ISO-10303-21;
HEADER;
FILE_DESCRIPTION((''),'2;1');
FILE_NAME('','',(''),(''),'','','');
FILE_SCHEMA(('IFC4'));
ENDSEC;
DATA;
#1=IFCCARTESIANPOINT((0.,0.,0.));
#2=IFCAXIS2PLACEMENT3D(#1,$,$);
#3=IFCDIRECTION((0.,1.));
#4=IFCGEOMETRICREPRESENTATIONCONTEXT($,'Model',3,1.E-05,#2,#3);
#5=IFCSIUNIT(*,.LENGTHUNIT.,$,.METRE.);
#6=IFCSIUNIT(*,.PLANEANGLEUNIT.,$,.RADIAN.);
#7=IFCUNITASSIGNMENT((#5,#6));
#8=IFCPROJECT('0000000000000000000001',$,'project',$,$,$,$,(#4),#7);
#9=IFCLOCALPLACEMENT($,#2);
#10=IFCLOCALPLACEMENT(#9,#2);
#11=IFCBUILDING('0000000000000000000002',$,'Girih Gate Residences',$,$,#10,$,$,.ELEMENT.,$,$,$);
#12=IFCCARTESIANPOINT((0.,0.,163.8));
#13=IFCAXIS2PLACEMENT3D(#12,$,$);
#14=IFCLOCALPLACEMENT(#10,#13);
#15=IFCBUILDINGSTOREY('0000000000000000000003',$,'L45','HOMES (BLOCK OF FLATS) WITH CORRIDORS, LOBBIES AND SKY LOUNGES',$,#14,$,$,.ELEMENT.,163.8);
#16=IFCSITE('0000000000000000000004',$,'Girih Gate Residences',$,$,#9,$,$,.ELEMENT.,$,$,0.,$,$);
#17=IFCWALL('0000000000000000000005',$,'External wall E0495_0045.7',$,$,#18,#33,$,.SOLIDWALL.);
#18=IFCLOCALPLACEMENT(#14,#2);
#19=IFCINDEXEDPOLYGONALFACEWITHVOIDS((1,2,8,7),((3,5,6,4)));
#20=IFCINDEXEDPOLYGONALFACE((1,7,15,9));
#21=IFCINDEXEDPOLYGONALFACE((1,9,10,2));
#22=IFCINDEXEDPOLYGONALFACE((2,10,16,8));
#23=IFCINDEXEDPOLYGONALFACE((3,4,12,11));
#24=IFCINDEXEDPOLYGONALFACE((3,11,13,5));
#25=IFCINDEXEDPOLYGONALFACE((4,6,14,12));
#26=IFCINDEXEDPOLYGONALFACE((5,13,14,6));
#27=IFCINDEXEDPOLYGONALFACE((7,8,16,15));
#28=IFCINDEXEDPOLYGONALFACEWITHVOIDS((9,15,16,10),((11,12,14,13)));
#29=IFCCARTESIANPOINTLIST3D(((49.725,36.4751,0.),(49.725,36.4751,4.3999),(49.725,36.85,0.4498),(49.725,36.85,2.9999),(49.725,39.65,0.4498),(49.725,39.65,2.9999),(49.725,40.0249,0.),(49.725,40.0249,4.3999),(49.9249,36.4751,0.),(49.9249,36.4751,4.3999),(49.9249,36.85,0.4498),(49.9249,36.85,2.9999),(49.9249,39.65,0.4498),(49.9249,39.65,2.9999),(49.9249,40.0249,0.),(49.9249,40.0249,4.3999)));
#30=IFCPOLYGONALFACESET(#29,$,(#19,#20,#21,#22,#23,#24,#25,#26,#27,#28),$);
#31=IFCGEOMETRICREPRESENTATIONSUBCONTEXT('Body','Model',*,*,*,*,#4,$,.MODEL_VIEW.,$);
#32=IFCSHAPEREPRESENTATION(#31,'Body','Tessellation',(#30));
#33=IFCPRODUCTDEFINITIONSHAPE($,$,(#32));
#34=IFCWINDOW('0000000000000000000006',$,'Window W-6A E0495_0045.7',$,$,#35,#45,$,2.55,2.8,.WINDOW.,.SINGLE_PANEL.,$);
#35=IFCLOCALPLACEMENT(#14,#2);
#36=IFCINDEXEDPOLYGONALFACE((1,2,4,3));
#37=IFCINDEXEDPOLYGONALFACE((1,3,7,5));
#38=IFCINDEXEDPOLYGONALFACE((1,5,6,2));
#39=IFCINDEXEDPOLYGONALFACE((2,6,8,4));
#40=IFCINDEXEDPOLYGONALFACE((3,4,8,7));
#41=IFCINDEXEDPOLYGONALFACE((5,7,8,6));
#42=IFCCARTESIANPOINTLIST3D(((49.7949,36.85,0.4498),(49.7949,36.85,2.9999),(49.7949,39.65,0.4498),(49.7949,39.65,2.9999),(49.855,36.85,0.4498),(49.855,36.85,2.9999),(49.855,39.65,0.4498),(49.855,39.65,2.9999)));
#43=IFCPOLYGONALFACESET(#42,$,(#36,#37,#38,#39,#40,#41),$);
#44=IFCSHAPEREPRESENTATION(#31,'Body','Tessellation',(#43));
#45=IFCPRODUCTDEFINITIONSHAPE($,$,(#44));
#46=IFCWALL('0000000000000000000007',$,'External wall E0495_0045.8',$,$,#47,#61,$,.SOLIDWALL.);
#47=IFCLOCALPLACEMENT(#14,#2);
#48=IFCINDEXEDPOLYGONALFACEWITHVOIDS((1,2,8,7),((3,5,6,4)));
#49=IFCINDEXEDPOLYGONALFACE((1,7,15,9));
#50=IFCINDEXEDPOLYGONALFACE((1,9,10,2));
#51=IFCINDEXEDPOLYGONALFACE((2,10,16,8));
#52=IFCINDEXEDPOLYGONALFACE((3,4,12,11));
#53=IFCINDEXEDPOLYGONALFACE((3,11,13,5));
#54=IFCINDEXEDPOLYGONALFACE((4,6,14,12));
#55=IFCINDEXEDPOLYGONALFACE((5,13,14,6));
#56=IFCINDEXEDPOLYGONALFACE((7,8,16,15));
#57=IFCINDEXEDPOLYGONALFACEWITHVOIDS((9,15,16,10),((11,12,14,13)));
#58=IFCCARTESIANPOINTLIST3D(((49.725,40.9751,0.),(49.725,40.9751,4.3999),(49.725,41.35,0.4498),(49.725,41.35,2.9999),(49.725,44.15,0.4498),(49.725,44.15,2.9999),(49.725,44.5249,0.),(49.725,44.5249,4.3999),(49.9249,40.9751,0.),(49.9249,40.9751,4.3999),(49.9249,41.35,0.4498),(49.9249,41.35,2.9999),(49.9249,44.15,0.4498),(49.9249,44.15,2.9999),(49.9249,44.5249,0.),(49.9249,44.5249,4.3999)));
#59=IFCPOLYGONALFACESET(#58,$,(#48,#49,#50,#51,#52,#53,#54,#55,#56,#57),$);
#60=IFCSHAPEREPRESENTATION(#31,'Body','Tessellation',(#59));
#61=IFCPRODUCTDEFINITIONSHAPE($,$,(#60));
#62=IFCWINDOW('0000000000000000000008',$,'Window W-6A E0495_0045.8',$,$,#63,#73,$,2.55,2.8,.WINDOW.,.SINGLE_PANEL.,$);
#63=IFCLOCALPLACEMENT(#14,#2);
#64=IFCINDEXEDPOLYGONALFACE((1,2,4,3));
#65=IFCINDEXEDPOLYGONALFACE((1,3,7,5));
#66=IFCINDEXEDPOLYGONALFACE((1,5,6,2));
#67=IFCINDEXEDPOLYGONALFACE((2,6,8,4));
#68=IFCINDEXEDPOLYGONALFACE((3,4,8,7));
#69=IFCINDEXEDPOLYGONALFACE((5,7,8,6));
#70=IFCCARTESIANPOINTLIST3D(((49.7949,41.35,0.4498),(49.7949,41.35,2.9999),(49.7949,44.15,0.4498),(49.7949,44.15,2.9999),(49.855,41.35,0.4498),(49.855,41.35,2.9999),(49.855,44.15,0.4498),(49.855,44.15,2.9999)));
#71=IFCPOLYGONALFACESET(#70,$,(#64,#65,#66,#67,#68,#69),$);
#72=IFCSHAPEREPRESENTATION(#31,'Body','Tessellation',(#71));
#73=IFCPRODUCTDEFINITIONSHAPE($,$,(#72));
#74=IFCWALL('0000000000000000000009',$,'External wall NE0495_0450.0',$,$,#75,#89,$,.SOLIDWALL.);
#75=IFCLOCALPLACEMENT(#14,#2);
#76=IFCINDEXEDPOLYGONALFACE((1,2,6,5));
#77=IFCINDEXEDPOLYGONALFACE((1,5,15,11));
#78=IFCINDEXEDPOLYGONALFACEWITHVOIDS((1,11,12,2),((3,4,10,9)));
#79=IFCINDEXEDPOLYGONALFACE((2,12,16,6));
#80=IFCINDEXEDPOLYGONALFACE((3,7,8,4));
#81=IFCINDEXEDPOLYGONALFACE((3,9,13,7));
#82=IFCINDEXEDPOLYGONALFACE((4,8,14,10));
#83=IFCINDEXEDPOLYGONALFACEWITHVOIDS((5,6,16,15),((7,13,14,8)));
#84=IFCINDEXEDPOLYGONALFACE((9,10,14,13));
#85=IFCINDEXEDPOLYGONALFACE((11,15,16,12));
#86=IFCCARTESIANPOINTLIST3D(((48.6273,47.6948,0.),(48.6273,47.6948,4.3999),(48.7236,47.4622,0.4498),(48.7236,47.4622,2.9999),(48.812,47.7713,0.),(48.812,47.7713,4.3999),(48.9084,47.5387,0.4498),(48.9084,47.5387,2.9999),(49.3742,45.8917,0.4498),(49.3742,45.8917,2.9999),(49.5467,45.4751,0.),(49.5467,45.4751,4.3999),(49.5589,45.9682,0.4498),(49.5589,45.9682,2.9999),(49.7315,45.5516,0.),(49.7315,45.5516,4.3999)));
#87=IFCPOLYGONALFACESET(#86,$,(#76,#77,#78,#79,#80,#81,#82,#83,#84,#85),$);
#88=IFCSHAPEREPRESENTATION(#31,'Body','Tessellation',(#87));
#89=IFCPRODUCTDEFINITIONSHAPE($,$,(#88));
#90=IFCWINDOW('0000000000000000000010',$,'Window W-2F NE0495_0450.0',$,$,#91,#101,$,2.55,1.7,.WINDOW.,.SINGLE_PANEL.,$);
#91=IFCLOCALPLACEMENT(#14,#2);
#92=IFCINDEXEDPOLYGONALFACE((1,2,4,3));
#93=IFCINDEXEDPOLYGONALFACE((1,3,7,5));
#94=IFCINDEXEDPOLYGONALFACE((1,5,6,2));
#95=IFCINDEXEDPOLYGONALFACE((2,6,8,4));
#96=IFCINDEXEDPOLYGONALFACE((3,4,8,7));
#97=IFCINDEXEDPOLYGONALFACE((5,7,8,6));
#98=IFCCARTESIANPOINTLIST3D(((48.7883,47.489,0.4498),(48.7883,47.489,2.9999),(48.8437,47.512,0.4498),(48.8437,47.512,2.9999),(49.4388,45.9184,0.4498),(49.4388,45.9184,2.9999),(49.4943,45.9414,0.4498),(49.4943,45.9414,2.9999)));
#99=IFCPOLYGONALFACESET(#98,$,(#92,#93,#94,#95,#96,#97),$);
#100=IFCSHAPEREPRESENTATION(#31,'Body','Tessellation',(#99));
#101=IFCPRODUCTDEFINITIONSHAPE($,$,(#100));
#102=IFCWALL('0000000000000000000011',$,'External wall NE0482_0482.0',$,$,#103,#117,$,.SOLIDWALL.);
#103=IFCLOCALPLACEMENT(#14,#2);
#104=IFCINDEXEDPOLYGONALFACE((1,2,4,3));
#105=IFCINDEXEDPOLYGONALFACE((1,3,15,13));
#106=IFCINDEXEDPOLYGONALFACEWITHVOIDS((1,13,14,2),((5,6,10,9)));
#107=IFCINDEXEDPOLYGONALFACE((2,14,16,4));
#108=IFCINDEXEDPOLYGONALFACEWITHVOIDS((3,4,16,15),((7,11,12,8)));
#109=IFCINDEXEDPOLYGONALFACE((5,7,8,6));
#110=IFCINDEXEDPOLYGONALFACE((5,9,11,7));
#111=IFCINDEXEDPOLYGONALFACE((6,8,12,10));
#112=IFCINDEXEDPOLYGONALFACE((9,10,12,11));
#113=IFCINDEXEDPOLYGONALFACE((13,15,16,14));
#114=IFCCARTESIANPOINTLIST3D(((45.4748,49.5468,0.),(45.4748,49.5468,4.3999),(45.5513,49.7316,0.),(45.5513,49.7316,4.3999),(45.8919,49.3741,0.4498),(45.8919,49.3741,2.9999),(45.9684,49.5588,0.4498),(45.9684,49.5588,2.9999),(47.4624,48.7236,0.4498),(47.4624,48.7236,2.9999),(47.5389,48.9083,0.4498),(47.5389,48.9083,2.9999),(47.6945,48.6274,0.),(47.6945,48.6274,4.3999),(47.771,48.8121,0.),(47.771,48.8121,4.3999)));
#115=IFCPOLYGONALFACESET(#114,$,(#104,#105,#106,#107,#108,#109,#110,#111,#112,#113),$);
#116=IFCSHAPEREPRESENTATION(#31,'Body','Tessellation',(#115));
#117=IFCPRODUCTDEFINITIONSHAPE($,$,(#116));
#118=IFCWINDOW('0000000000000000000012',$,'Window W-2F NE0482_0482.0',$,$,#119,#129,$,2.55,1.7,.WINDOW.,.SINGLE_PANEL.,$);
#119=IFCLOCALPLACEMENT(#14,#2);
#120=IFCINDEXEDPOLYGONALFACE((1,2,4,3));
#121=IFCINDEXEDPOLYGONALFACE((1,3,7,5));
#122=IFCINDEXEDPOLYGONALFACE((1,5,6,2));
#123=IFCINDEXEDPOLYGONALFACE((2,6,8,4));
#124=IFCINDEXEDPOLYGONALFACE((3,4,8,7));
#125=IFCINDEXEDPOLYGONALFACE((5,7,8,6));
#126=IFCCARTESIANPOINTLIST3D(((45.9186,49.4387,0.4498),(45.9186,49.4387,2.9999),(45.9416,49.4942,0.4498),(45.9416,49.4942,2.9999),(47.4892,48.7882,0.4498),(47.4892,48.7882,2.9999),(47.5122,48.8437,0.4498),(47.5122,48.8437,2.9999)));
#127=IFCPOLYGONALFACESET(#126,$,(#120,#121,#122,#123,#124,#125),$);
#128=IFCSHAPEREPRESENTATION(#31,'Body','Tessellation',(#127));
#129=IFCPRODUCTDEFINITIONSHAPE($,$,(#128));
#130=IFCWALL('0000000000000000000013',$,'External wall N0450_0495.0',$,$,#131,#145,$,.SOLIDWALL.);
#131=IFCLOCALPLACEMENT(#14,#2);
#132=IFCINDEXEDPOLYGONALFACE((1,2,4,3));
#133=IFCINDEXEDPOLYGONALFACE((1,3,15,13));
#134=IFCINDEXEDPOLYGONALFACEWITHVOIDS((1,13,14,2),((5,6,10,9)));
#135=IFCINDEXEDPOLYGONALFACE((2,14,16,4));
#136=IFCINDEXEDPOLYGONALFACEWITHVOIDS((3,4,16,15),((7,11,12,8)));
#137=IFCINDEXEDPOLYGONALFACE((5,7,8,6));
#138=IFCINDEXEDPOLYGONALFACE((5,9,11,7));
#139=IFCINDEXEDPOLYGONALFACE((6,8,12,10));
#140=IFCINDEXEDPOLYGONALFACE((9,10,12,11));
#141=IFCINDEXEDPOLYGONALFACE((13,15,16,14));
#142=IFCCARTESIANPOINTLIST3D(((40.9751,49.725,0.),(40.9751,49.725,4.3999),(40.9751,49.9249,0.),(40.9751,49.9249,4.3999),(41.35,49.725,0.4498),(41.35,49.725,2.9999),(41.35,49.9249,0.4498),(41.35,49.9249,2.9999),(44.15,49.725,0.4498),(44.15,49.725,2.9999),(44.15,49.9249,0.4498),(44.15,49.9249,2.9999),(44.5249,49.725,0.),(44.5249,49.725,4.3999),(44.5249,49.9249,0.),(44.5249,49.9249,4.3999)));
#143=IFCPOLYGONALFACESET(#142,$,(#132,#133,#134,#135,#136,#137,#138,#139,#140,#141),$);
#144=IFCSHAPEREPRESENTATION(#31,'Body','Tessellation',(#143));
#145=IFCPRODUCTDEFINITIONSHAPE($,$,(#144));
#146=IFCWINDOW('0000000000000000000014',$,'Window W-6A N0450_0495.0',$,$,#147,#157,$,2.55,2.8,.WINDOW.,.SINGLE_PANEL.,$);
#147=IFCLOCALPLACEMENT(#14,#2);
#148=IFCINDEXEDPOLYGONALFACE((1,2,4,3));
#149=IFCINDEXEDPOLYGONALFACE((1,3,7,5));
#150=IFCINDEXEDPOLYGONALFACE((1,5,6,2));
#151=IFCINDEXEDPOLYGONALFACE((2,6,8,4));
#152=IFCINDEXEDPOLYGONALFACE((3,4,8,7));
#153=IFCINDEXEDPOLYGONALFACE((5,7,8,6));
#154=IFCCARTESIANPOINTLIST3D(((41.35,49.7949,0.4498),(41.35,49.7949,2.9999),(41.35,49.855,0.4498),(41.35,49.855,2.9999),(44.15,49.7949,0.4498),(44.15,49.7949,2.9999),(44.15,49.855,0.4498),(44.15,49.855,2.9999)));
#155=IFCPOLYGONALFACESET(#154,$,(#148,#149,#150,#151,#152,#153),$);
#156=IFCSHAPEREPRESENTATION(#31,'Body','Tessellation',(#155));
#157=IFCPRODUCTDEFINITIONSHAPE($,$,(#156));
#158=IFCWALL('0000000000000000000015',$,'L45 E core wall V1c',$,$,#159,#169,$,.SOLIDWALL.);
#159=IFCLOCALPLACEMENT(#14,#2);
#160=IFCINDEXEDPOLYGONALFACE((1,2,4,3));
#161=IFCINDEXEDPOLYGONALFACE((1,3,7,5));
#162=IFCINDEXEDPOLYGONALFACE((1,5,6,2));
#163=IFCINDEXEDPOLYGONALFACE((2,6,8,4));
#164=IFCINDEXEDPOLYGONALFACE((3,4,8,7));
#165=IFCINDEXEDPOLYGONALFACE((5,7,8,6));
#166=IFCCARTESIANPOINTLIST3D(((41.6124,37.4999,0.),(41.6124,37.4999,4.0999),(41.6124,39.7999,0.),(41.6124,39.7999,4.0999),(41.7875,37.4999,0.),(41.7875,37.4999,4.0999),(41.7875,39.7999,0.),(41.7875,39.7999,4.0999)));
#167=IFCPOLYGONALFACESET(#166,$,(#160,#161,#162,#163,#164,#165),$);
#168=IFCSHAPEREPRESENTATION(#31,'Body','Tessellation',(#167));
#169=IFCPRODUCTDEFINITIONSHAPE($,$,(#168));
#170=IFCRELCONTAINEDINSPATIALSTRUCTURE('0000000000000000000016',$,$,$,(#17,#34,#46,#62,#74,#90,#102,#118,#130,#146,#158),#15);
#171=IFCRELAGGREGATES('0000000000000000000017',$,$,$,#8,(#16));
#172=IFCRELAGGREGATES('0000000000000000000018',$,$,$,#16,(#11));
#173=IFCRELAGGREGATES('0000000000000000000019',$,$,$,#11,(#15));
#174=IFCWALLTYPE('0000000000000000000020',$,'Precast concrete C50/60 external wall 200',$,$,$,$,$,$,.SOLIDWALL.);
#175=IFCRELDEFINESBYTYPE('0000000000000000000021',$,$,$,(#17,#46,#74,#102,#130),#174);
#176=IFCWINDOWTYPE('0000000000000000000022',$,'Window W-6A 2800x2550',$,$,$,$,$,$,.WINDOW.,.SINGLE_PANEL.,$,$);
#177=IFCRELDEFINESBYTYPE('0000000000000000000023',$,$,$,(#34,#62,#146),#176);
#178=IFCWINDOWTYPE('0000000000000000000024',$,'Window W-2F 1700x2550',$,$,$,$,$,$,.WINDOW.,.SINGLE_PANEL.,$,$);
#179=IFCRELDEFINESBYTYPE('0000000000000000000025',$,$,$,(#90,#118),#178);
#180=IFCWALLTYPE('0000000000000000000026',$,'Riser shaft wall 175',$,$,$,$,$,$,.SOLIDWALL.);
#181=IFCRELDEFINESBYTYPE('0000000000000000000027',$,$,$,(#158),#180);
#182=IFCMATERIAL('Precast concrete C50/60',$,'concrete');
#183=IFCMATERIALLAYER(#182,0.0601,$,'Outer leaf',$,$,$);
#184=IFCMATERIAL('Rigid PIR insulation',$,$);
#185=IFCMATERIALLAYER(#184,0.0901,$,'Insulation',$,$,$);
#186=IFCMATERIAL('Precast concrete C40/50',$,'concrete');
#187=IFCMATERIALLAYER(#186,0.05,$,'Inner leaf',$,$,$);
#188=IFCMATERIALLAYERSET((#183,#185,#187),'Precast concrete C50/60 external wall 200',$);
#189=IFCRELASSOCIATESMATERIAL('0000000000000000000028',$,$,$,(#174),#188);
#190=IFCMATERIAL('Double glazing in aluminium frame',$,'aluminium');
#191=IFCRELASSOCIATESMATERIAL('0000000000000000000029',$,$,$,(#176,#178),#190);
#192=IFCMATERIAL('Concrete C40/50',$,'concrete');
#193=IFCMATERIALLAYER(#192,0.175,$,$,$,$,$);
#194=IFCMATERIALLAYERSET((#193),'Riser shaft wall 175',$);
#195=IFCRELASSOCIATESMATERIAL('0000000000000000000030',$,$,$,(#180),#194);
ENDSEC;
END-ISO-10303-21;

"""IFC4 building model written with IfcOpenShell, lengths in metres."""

from ifc_helpers import new_model, si_unit, direction, frame, frame_2d, origin, place, context, subcontext, project, spatial, rectangle, extrude, material, layer, layer_set, type_object, element, fill, save


model = new_model("IFC4")

# Units and contexts
model_context = context("Model", 3, precision=1e-05, world=origin(), true_north=direction((0.0, 1.0)))
body_context = subcontext(model_context, "Body", "Model", "MODEL_VIEW")
ifc_project = project(units=[si_unit("LENGTHUNIT", "METRE"), si_unit("PLANEANGLEUNIT", "RADIAN")], contexts=[model_context])

# Site, building, storey
site_placement = place(None, origin())
site = spatial("IfcSite", under=ifc_project, at=site_placement, Name="Girih Gate Residences", CompositionType="ELEMENT", RefElevation=0.0)
building_placement = place(site_placement, origin())
building = spatial("IfcBuilding", under=site, at=building_placement, Name="Girih Gate Residences", CompositionType="ELEMENT")
storey_placement = place(building_placement, frame((0.0, 0.0, 163.8)))
storey = spatial("IfcBuildingStorey", under=building, at=storey_placement, Name="L45", Description="HOMES (BLOCK OF FLATS) WITH CORRIDORS, LOBBIES AND SKY LOUNGES", CompositionType="ELEMENT", Elevation=163.8)

# Walls, openings, windows
ifc_material_1 = material(Name="Precast concrete C50/60", Category="concrete")
ifc_layer_1 = layer(ifc_material_1, 0.0601, Name="Outer leaf")
ifc_material_2 = material(Name="Rigid PIR insulation")
ifc_layer_2 = layer(ifc_material_2, 0.0901, Name="Insulation")
ifc_material_3 = material(Name="Precast concrete C40/50", Category="concrete")
ifc_layer_3 = layer(ifc_material_3, 0.05, Name="Inner leaf")
ifc_layer_set_1 = layer_set([ifc_layer_1, ifc_layer_2, ifc_layer_3], Name="Precast concrete C50/60 external wall 200")
wall_type_1 = type_object("IfcWallType", Name="Precast concrete C50/60 external wall 200", PredefinedType="SOLIDWALL", material=ifc_layer_set_1)
wall_1_placement = place(storey_placement, frame((49.825, 40.0249, 0.0), z_axis=(0.0, 0.0, 1.0), x_axis=(0.0, -1.0, 0.0)))
wall_1 = element("IfcWall", 1, at=wall_1_placement, inside=storey, type_object=wall_type_1, Name="External wall E0495_0045.7", PredefinedType="SOLIDWALL", context=body_context, shape_type="SweptSolid", body=[
    extrude(rectangle(XDim=3.5498, YDim=0.2, at=frame_2d((1.7749, 0.0))), origin(), (0.0, 0.0, 1.0), 4.3999),
])
opening_1_placement = place(wall_1_placement, frame((0.375, 0.0, 0.45)))
opening_1 = element("IfcOpeningElement", 2, at=opening_1_placement, cuts=wall_1, PredefinedType="OPENING", context=body_context, shape_type="SweptSolid", body=[
    extrude(rectangle(XDim=2.8, YDim=2.55, at=frame_2d((1.3999, 1.2749))), frame((0.0, 0.1099, 0.0), z_axis=(0.0, -1.0, 0.0), x_axis=(1.0, 0.0, 0.0)), (0.0, 0.0, 1.0), 0.22),
])
ifc_material_4 = material(Name="Double glazing in aluminium frame", Category="aluminium")
window_type_1 = type_object("IfcWindowType", Name="Window W-6A 2800x2550", PartitioningType="SINGLE_PANEL", PredefinedType="WINDOW", material=ifc_material_4)
window_1_placement = place(opening_1_placement, origin())
window_1 = element("IfcWindow", 3, at=window_1_placement, inside=storey, type_object=window_type_1, Name="Window W-6A E0495_0045.7", OverallHeight=2.55, OverallWidth=2.8, PartitioningType="SINGLE_PANEL", PredefinedType="WINDOW", context=body_context, shape_type="SweptSolid", body=[
    extrude(rectangle(XDim=2.8, YDim=2.55, at=frame_2d((1.3999, 1.2749))), frame((0.0, 0.03, 0.0), z_axis=(0.0, -1.0, 0.0), x_axis=(1.0, 0.0, 0.0)), (0.0, 0.0, 1.0), 0.0601),
])
fill(opening_1, window_1)
wall_2_placement = place(storey_placement, frame((49.825, 44.5249, 0.0), z_axis=(0.0, 0.0, 1.0), x_axis=(0.0, -1.0, 0.0)))
wall_2 = element("IfcWall", 4, at=wall_2_placement, inside=storey, type_object=wall_type_1, Name="External wall E0495_0045.8", PredefinedType="SOLIDWALL", context=body_context, shape_type="SweptSolid", body=[
    extrude(rectangle(XDim=3.5498, YDim=0.2, at=frame_2d((1.7749, 0.0))), origin(), (0.0, 0.0, 1.0), 4.3999),
])
opening_2_placement = place(wall_2_placement, frame((0.375, 0.0, 0.45)))
opening_2 = element("IfcOpeningElement", 5, at=opening_2_placement, cuts=wall_2, PredefinedType="OPENING", context=body_context, shape_type="SweptSolid", body=[
    extrude(rectangle(XDim=2.8, YDim=2.55, at=frame_2d((1.3999, 1.2749))), frame((0.0, 0.1099, 0.0), z_axis=(0.0, -1.0, 0.0), x_axis=(1.0, 0.0, 0.0)), (0.0, 0.0, 1.0), 0.22),
])
window_2_placement = place(opening_2_placement, origin())
window_2 = element("IfcWindow", 6, at=window_2_placement, inside=storey, type_object=window_type_1, Name="Window W-6A E0495_0045.8", OverallHeight=2.55, OverallWidth=2.8, PartitioningType="SINGLE_PANEL", PredefinedType="WINDOW", context=body_context, shape_type="SweptSolid", body=[
    extrude(rectangle(XDim=2.8, YDim=2.55, at=frame_2d((1.3999, 1.2749))), frame((0.0, 0.03, 0.0), z_axis=(0.0, -1.0, 0.0), x_axis=(1.0, 0.0, 0.0)), (0.0, 0.0, 1.0), 0.0601),
])
fill(opening_2, window_2)
wall_3_placement = place(storey_placement, frame((48.7197, 47.7329, 0.0), z_axis=(0.0, 0.0, 1.0), x_axis=(0.382681, -0.923881, 0.0)))
wall_3 = element("IfcWall", 7, at=wall_3_placement, inside=storey, type_object=wall_type_1, Name="External wall NE0495_0450.0", PredefinedType="SOLIDWALL", context=body_context, shape_type="SweptSolid", body=[
    extrude(rectangle(XDim=2.4026, YDim=0.2, at=frame_2d((1.2012, 0.0))), origin(), (0.0, 0.0, 1.0), 4.3999),
])
opening_3_placement = place(wall_3_placement, frame((0.2515, 0.0, 0.45)))
opening_3 = element("IfcOpeningElement", 8, at=opening_3_placement, cuts=wall_3, PredefinedType="OPENING", context=body_context, shape_type="SweptSolid", body=[
    extrude(rectangle(XDim=1.7, YDim=2.55, at=frame_2d((0.8501, 1.2749))), frame((0.0, 0.1099, 0.0), z_axis=(0.0, -1.0, 0.0), x_axis=(1.0, 0.0, 0.0)), (0.0, 0.0, 1.0), 0.22),
])
window_type_2 = type_object("IfcWindowType", Name="Window W-2F 1700x2550", PartitioningType="SINGLE_PANEL", PredefinedType="WINDOW", material=ifc_material_4)
window_3_placement = place(opening_3_placement, origin())
window_3 = element("IfcWindow", 9, at=window_3_placement, inside=storey, type_object=window_type_2, Name="Window W-2F NE0495_0450.0", OverallHeight=2.55, OverallWidth=1.7, PartitioningType="SINGLE_PANEL", PredefinedType="WINDOW", context=body_context, shape_type="SweptSolid", body=[
    extrude(rectangle(XDim=1.7, YDim=2.55, at=frame_2d((0.8501, 1.2749))), frame((0.0, 0.03, 0.0), z_axis=(0.0, -1.0, 0.0), x_axis=(1.0, 0.0, 0.0)), (0.0, 0.0, 1.0), 0.0601),
])
fill(opening_3, window_3)
wall_4_placement = place(storey_placement, frame((45.5132, 49.6392, 0.0), z_axis=(0.0, 0.0, 1.0), x_axis=(0.923881, -0.382681, 0.0)))
wall_4 = element("IfcWall", 10, at=wall_4_placement, inside=storey, type_object=wall_type_1, Name="External wall NE0482_0482.0", PredefinedType="SOLIDWALL", context=body_context, shape_type="SweptSolid", body=[
    extrude(rectangle(XDim=2.4026, YDim=0.2, at=frame_2d((1.2012, 0.0))), origin(), (0.0, 0.0, 1.0), 4.3999),
])
opening_4_placement = place(wall_4_placement, frame((0.4512, 0.0, 0.45)))
opening_4 = element("IfcOpeningElement", 11, at=opening_4_placement, cuts=wall_4, PredefinedType="OPENING", context=body_context, shape_type="SweptSolid", body=[
    extrude(rectangle(XDim=1.7, YDim=2.55, at=frame_2d((0.8501, 1.2749))), frame((0.0, 0.1099, 0.0), z_axis=(0.0, -1.0, 0.0), x_axis=(1.0, 0.0, 0.0)), (0.0, 0.0, 1.0), 0.22),
])
window_4_placement = place(opening_4_placement, origin())
window_4 = element("IfcWindow", 12, at=window_4_placement, inside=storey, type_object=window_type_2, Name="Window W-2F NE0482_0482.0", OverallHeight=2.55, OverallWidth=1.7, PartitioningType="SINGLE_PANEL", PredefinedType="WINDOW", context=body_context, shape_type="SweptSolid", body=[
    extrude(rectangle(XDim=1.7, YDim=2.55, at=frame_2d((0.8501, 1.2749))), frame((0.0, 0.03, 0.0), z_axis=(0.0, -1.0, 0.0), x_axis=(1.0, 0.0, 0.0)), (0.0, 0.0, 1.0), 0.0601),
])
fill(opening_4, window_4)
wall_5_placement = place(storey_placement, frame((40.9751, 49.825, 0.0), z_axis=(0.0, 0.0, 1.0), x_axis=(1.0, 0.0, 0.0)))
wall_5 = element("IfcWall", 13, at=wall_5_placement, inside=storey, type_object=wall_type_1, Name="External wall N0450_0495.0", PredefinedType="SOLIDWALL", context=body_context, shape_type="SweptSolid", body=[
    extrude(rectangle(XDim=3.5498, YDim=0.2, at=frame_2d((1.7749, 0.0))), origin(), (0.0, 0.0, 1.0), 4.3999),
])
opening_5_placement = place(wall_5_placement, frame((0.375, 0.0, 0.45)))
opening_5 = element("IfcOpeningElement", 14, at=opening_5_placement, cuts=wall_5, PredefinedType="OPENING", context=body_context, shape_type="SweptSolid", body=[
    extrude(rectangle(XDim=2.8, YDim=2.55, at=frame_2d((1.3999, 1.2749))), frame((0.0, 0.1099, 0.0), z_axis=(0.0, -1.0, 0.0), x_axis=(1.0, 0.0, 0.0)), (0.0, 0.0, 1.0), 0.22),
])
window_5_placement = place(opening_5_placement, origin())
window_5 = element("IfcWindow", 15, at=window_5_placement, inside=storey, type_object=window_type_1, Name="Window W-6A N0450_0495.0", OverallHeight=2.55, OverallWidth=2.8, PartitioningType="SINGLE_PANEL", PredefinedType="WINDOW", context=body_context, shape_type="SweptSolid", body=[
    extrude(rectangle(XDim=2.8, YDim=2.55, at=frame_2d((1.3999, 1.2749))), frame((0.0, 0.03, 0.0), z_axis=(0.0, -1.0, 0.0), x_axis=(1.0, 0.0, 0.0)), (0.0, 0.0, 1.0), 0.0601),
])
fill(opening_5, window_5)

# Wall
ifc_material_5 = material(Name="Concrete C40/50", Category="concrete")
ifc_layer_4 = layer(ifc_material_5, 0.175)
ifc_layer_set_2 = layer_set([ifc_layer_4], Name="Riser shaft wall 175")
wall_type_2 = type_object("IfcWallType", Name="Riser shaft wall 175", PredefinedType="SOLIDWALL", material=ifc_layer_set_2)
wall_6_placement = place(storey_placement, frame((41.7, 37.5, 0.0), z_axis=(0.0, 0.0, 1.0), x_axis=(0.0, 1.0, 0.0)))
element("IfcWall", 16, at=wall_6_placement, inside=storey, type_object=wall_type_2, Name="L45 E core wall V1c", PredefinedType="SOLIDWALL", context=body_context, shape_type="SweptSolid", body=[
    extrude(rectangle(XDim=2.3, YDim=0.175, at=frame_2d((1.1499, 0.0))), origin(), (0.0, 0.0, 1.0), 4.0999),
])

save(model, "model.ifc")
